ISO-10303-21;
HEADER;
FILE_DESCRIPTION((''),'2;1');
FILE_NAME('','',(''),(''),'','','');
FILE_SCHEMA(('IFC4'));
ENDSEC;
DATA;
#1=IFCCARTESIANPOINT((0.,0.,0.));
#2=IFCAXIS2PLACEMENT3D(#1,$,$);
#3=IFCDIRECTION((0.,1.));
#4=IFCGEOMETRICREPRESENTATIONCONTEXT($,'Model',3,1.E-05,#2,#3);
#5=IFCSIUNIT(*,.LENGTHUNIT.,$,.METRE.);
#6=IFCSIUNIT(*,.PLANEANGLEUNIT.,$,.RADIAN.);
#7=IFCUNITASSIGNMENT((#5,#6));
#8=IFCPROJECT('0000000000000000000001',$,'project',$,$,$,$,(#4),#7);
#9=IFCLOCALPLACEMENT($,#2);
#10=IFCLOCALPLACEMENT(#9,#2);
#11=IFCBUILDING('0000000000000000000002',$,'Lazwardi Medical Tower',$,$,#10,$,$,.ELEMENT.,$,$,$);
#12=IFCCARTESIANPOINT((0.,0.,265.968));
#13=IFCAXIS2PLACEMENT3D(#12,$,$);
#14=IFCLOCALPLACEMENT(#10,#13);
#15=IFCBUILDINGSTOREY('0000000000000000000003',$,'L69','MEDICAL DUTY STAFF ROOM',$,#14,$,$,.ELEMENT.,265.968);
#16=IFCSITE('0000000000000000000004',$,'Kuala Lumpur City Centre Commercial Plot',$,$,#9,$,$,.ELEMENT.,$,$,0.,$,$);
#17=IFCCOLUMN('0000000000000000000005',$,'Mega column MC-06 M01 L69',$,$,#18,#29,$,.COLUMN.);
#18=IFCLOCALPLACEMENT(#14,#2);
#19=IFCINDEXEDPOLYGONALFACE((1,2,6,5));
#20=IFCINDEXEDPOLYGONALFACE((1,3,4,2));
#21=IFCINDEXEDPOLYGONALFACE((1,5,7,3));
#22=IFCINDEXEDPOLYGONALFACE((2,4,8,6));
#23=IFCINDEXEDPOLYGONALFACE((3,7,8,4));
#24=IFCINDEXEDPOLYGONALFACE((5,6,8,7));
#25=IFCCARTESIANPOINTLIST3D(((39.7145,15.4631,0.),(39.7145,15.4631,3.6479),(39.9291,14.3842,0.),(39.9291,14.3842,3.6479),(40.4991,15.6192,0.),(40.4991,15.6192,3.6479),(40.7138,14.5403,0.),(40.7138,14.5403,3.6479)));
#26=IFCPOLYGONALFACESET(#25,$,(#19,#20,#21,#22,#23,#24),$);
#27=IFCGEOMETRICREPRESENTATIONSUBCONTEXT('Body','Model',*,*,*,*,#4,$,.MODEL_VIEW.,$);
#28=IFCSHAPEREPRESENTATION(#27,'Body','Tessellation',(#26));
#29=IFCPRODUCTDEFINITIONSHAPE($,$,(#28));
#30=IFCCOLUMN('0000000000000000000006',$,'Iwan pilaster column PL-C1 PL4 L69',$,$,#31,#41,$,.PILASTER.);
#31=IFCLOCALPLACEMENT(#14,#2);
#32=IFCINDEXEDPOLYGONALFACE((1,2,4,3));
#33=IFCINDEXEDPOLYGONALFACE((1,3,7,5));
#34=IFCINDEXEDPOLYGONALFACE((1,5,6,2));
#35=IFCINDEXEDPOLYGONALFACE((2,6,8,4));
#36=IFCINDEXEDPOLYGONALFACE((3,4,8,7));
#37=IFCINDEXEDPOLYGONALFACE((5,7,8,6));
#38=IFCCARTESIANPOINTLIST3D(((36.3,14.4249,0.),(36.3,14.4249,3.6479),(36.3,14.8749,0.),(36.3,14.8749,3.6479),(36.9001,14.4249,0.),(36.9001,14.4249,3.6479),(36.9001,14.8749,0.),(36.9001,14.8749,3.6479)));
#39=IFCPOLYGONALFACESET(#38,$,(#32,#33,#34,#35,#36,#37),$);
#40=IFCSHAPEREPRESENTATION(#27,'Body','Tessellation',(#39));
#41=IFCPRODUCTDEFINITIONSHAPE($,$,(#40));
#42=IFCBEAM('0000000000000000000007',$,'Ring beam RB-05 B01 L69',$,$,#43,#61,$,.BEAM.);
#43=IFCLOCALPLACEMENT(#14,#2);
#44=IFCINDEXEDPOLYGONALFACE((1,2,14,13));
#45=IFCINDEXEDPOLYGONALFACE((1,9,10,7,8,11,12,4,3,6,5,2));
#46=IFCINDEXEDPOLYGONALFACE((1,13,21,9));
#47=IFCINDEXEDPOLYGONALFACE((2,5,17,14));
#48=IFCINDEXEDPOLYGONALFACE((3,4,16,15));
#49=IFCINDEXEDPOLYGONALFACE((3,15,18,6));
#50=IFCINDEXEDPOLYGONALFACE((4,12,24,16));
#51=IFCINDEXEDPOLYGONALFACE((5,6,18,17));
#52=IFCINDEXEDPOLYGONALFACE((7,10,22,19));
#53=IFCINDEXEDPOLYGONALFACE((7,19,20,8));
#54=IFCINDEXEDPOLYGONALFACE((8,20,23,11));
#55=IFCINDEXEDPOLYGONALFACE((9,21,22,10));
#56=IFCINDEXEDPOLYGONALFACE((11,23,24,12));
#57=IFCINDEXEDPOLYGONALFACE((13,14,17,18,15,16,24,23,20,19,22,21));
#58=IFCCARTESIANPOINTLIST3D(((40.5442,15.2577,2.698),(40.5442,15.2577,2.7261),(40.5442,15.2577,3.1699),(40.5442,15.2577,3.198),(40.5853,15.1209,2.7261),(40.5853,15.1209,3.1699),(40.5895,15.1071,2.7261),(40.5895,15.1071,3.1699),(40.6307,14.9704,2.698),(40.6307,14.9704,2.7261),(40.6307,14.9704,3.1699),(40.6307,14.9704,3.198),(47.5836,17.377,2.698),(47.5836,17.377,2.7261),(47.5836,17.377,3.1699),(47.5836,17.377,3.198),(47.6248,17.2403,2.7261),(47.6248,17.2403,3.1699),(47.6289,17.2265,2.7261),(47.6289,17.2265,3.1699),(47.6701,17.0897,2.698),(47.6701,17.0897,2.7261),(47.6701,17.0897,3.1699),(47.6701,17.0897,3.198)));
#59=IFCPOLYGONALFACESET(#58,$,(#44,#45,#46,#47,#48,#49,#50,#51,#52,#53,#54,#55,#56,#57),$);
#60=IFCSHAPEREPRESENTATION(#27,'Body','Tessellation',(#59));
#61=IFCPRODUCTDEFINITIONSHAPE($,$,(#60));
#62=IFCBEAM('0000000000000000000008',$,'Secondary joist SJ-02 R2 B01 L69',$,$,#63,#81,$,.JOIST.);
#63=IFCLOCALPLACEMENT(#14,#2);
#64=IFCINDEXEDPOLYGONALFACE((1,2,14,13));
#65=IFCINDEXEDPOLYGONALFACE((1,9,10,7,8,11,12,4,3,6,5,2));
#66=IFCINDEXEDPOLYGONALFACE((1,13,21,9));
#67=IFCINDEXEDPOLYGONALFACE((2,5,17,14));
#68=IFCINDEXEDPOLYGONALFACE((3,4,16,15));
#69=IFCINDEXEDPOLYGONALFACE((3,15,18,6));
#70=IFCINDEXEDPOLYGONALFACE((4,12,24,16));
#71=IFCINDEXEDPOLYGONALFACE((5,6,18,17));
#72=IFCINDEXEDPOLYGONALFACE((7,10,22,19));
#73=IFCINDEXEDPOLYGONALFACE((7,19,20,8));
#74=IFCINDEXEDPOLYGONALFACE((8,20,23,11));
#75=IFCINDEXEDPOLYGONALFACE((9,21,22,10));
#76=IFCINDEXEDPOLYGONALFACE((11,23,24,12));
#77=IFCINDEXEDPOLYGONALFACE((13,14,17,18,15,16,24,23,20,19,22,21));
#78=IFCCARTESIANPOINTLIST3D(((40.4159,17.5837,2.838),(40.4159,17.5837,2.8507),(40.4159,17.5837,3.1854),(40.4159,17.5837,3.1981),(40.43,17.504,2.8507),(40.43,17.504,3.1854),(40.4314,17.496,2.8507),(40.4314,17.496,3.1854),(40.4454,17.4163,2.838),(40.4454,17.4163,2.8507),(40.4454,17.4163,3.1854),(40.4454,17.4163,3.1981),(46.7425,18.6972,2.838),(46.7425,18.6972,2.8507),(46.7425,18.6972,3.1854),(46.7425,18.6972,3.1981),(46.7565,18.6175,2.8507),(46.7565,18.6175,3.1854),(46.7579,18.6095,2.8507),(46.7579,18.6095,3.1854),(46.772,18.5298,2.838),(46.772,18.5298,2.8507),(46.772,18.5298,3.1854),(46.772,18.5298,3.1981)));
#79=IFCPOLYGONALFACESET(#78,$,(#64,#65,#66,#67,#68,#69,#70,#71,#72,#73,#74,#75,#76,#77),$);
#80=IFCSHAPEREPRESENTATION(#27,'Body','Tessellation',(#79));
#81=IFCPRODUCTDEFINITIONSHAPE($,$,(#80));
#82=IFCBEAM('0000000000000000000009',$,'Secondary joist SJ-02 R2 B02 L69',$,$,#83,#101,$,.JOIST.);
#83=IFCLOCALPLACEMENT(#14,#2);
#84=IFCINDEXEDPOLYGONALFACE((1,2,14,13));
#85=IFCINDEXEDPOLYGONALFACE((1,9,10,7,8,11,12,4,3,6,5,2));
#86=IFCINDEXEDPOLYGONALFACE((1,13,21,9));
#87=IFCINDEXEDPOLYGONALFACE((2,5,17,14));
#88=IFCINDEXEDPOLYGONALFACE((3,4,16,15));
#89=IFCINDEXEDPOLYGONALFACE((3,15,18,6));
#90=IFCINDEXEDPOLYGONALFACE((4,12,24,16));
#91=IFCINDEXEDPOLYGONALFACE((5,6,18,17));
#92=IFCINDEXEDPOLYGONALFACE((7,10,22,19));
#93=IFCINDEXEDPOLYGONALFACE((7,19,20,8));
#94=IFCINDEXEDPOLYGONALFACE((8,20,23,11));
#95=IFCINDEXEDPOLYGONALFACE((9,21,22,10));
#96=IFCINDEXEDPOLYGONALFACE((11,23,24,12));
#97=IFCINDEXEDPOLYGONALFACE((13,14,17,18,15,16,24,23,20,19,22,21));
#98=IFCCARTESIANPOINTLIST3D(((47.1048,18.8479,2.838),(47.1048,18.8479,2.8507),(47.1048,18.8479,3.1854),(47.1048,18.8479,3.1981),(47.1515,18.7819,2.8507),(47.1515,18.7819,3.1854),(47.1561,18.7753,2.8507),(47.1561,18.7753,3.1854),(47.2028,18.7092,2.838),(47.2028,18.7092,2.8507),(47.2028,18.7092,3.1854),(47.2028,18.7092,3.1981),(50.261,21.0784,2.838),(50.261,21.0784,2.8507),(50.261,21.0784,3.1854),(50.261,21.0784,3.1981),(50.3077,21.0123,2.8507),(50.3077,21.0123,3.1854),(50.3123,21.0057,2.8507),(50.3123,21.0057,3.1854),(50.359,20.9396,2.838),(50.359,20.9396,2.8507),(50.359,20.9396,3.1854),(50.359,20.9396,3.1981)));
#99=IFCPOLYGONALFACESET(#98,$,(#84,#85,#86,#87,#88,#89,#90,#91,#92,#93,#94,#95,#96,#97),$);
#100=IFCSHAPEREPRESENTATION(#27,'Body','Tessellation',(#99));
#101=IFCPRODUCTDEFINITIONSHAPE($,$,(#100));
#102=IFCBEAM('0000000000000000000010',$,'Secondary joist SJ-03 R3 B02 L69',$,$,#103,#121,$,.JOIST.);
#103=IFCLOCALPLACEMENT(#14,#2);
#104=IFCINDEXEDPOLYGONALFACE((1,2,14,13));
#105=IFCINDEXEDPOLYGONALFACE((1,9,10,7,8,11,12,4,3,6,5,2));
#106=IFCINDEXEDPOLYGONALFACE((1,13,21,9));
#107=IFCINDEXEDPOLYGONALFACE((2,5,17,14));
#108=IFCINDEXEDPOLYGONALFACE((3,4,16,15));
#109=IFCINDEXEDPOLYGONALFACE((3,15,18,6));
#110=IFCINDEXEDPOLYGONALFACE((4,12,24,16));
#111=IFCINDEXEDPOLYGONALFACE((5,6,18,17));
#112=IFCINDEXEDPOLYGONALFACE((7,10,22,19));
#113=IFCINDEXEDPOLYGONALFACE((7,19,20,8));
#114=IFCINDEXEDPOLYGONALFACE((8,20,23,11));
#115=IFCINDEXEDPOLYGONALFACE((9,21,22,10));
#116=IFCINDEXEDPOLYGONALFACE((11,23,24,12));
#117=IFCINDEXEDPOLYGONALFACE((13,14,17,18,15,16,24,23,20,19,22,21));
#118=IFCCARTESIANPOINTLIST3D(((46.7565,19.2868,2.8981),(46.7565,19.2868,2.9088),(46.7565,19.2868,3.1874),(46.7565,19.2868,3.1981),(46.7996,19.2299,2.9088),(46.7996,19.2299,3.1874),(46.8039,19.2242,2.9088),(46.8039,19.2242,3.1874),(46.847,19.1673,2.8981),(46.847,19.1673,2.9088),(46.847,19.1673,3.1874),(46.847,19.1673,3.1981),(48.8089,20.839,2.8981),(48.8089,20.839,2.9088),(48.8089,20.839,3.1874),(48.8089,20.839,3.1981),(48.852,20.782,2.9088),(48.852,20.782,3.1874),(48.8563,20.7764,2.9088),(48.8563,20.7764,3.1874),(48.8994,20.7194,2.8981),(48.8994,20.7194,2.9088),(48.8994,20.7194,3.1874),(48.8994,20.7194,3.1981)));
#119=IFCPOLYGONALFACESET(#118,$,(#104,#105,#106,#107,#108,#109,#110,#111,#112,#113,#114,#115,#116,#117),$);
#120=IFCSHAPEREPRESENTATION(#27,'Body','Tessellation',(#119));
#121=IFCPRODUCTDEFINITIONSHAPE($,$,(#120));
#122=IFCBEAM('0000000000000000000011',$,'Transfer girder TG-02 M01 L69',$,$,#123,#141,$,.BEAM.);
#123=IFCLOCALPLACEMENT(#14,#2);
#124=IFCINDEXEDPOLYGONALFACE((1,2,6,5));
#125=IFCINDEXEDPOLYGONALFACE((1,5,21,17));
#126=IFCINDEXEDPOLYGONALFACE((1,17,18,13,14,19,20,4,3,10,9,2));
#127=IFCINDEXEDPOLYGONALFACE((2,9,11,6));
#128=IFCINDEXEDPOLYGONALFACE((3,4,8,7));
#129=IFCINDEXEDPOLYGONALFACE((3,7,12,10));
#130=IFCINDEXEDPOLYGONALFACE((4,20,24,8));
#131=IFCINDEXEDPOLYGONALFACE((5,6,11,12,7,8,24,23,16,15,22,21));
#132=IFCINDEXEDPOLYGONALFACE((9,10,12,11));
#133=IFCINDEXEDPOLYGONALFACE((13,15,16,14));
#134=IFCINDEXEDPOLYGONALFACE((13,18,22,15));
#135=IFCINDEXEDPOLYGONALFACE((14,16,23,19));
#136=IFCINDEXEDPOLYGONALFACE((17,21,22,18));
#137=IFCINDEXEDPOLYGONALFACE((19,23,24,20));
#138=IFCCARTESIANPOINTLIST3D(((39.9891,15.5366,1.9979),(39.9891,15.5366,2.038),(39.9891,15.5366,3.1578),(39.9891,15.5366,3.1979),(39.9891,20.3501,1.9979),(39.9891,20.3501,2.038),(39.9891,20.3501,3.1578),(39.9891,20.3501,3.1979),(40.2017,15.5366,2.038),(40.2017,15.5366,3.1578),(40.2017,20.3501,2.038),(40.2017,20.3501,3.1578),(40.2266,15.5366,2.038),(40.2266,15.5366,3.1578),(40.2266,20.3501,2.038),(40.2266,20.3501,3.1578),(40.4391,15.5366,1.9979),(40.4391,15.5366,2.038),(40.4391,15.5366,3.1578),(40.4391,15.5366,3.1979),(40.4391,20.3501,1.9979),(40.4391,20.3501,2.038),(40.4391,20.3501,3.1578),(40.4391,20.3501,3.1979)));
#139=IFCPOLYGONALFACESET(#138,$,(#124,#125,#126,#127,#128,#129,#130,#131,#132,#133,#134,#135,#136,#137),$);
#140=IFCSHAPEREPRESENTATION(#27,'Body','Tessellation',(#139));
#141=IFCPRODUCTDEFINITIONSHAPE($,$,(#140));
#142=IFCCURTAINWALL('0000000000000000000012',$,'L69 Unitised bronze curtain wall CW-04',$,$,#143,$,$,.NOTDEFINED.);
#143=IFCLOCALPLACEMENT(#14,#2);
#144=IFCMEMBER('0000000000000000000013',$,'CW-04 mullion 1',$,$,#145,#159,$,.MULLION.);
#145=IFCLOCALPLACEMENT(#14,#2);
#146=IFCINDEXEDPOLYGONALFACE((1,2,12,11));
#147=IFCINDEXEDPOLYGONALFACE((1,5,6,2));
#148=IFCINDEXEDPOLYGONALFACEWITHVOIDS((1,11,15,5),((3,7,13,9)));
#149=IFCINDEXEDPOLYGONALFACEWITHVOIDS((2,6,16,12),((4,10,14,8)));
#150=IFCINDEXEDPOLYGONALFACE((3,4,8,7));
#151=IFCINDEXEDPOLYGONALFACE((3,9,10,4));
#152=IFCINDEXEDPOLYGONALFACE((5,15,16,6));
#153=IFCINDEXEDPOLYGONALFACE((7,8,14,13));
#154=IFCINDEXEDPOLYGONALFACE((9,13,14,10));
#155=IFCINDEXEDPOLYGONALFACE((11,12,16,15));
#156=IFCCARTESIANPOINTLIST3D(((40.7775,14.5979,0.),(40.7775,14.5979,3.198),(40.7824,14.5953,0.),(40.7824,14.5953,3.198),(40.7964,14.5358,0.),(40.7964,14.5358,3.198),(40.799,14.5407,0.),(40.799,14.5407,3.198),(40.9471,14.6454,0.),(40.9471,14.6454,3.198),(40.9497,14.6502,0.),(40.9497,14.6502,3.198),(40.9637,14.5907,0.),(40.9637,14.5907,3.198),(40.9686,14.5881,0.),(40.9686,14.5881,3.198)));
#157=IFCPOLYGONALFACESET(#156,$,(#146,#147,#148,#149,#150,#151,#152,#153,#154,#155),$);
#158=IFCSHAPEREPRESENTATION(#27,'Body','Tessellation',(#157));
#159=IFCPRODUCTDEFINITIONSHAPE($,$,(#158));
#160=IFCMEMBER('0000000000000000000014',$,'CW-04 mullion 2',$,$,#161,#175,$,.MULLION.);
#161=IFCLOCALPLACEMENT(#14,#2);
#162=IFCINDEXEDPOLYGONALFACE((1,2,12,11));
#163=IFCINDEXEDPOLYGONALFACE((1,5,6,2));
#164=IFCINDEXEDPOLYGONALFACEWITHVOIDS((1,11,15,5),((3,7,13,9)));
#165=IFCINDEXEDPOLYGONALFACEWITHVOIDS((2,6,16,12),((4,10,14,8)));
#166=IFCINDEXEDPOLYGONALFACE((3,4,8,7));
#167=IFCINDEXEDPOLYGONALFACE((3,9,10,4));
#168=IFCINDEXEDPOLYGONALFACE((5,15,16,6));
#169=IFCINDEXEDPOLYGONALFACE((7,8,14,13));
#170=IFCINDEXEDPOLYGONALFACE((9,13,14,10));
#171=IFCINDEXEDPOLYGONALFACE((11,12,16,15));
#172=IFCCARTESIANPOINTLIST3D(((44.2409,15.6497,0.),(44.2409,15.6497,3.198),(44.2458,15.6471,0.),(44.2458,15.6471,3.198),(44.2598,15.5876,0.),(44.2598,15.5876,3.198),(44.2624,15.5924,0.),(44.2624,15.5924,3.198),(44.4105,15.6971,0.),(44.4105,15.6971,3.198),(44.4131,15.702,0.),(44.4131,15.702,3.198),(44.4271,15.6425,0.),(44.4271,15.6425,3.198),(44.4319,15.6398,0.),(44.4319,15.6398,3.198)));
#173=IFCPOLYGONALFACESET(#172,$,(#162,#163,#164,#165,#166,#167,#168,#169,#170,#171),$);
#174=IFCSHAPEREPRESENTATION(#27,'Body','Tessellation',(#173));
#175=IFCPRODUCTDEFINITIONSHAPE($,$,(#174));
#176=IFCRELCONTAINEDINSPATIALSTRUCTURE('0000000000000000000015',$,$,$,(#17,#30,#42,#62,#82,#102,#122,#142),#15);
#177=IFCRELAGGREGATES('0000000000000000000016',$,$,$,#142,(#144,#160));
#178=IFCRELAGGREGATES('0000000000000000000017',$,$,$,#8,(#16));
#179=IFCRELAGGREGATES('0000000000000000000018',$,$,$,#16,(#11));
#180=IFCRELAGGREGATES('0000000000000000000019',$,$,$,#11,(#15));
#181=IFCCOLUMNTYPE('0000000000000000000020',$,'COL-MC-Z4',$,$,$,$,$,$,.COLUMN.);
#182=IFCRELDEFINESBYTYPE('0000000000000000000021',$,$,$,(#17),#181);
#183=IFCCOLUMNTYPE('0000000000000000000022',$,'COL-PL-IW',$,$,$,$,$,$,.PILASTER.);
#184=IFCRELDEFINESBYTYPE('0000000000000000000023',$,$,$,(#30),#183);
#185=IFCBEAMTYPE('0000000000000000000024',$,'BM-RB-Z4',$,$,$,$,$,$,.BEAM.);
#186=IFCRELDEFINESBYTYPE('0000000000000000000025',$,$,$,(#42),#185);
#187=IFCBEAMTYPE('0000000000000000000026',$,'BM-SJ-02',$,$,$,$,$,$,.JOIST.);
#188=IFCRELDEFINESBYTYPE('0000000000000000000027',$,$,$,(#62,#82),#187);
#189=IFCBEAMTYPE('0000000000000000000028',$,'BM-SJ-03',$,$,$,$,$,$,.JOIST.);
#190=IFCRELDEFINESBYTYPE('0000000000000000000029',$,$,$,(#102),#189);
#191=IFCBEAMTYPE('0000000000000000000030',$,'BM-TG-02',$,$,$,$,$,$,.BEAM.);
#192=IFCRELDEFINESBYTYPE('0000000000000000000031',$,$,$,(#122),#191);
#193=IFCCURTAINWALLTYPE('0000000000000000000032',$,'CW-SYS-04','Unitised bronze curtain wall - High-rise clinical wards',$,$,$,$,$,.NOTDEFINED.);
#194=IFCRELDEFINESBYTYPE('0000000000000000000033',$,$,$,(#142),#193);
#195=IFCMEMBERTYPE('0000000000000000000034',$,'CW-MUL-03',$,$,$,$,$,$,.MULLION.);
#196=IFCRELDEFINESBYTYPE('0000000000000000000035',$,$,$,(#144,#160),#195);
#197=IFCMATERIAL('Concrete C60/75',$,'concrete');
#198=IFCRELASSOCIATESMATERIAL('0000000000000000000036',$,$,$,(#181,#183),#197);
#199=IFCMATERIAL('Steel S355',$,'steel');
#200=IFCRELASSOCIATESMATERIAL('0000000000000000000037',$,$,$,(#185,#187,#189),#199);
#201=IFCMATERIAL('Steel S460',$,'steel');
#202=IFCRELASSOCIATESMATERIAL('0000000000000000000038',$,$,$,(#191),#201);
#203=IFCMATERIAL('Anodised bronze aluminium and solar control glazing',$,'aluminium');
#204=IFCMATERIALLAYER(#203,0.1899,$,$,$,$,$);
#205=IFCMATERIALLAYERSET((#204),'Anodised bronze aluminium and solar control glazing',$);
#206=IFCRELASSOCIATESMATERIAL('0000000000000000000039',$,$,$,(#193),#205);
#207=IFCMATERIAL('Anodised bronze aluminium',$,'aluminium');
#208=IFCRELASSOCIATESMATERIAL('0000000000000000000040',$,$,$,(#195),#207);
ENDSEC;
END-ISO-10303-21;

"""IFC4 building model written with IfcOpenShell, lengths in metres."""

from ifc_helpers import new_model, si_unit, direction, frame, origin, origin_2d, place, context, subcontext, project, spatial, rectangle, hollow_rectangle, i_section, extrude, material, layer, layer_set, material_profile, profile_set, type_object, element, aggregate, save


model = new_model("IFC4")

# Units and contexts
model_context = context("Model", 3, precision=1e-05, world=origin(), true_north=direction((0.0, 1.0)))
body_context = subcontext(model_context, "Body", "Model", "MODEL_VIEW")
ifc_project = project(units=[si_unit("LENGTHUNIT", "METRE"), si_unit("PLANEANGLEUNIT", "RADIAN")], contexts=[model_context])

# Site, building, storey
site_placement = place(None, origin())
site = spatial("IfcSite", under=ifc_project, at=site_placement, Name="Kuala Lumpur City Centre Commercial Plot", CompositionType="ELEMENT", RefElevation=0.0)
building_placement = place(site_placement, origin())
building = spatial("IfcBuilding", under=site, at=building_placement, Name="Lazwardi Medical Tower", CompositionType="ELEMENT")
storey_placement = place(building_placement, frame((0.0, 0.0, 265.968)))
storey = spatial("IfcBuildingStorey", under=building, at=storey_placement, Name="L69", Description="MEDICAL DUTY STAFF ROOM", CompositionType="ELEMENT", Elevation=265.968)

# Columns
ifc_material_1 = material(Name="Concrete C60/75", Category="concrete")
ifc_material_profile_1 = material_profile(ifc_material_1, rectangle(XDim=1.1001, YDim=0.8, at=origin_2d()), Name="CFT-RECT 1100x800")
ifc_profile_set_1 = profile_set([ifc_material_profile_1], Name="Concrete C60/75")
column_type_1 = type_object("IfcColumnType", Name="COL-MC-Z4", PredefinedType="COLUMN", material=ifc_profile_set_1)
column_1_placement = place(storey_placement, frame((40.2141, 15.0017, 0.0), z_axis=(0.0, 0.0, 1.0), x_axis=(0.19509, -0.980785, 0.0)))
element("IfcColumn", 1, at=column_1_placement, inside=storey, type_object=column_type_1, Name="Mega column MC-06 M01 L69", PredefinedType="COLUMN", context=body_context, shape_type="SweptSolid", body=[
    extrude(rectangle(XDim=1.1001, YDim=0.8, at=origin_2d()), origin(), (0.0, 0.0, 1.0), 3.6479),
])
ifc_material_profile_2 = material_profile(ifc_material_1, rectangle(XDim=0.6001, YDim=0.45, at=origin_2d()), Name="RC 600x450")
ifc_profile_set_2 = profile_set([ifc_material_profile_2], Name="Concrete C60/75")
column_type_2 = type_object("IfcColumnType", Name="COL-PL-IW", PredefinedType="PILASTER", material=ifc_profile_set_2)
column_2_placement = place(storey_placement, frame((36.6001, 14.6499, 0.0), z_axis=(0.0, 0.0, 1.0), x_axis=(1.0, 0.0, 0.0)))
element("IfcColumn", 2, at=column_2_placement, inside=storey, type_object=column_type_2, Name="Iwan pilaster column PL-C1 PL4 L69", PredefinedType="PILASTER", context=body_context, shape_type="SweptSolid", body=[
    extrude(rectangle(XDim=0.6001, YDim=0.45, at=origin_2d()), origin(), (0.0, 0.0, 1.0), 3.6479),
])

# Beams
ifc_material_2 = material(Name="Steel S355", Category="steel")
ifc_material_profile_3 = material_profile(ifc_material_2, i_section(OverallWidth=0.3, OverallDepth=0.5, WebThickness=0.0144, FlangeThickness=0.0281, at=origin_2d()), Name="HEB 500")
ifc_profile_set_3 = profile_set([ifc_material_profile_3], Name="Steel S355")
beam_type_1 = type_object("IfcBeamType", Name="BM-RB-Z4", PredefinedType="BEAM", material=ifc_profile_set_3)
beam_1_placement = place(storey_placement, frame((40.5874, 15.114, 2.948), z_axis=(0.957544, 0.288286, 0.0), x_axis=(-0.288286, 0.957544, 0.0)))
element("IfcBeam", 3, at=beam_1_placement, inside=storey, type_object=beam_type_1, Name="Ring beam RB-05 B01 L69", PredefinedType="BEAM", context=body_context, shape_type="SweptSolid", body=[
    extrude(i_section(OverallWidth=0.3, OverallDepth=0.5, WebThickness=0.0144, FlangeThickness=0.0281, at=origin_2d()), origin(), (0.0, 0.0, 1.0), 7.3516),
])
ifc_material_profile_4 = material_profile(ifc_material_2, i_section(OverallWidth=0.1699, OverallDepth=0.3601, WebThickness=0.0081, FlangeThickness=0.0127, at=origin_2d()), Name="IPE 360")
ifc_profile_set_4 = profile_set([ifc_material_profile_4], Name="Steel S355")
beam_type_2 = type_object("IfcBeamType", Name="BM-SJ-02", PredefinedType="JOIST", material=ifc_profile_set_4)
beam_2_placement = place(storey_placement, frame((40.4307, 17.5, 3.0181), z_axis=(0.984862, 0.173341, 0.0), x_axis=(-0.173341, 0.984862, 0.0)))
element("IfcBeam", 4, at=beam_2_placement, inside=storey, type_object=beam_type_2, Name="Secondary joist SJ-02 R2 B01 L69", PredefinedType="JOIST", context=body_context, shape_type="SweptSolid", body=[
    extrude(i_section(OverallWidth=0.1699, OverallDepth=0.3601, WebThickness=0.0081, FlangeThickness=0.0127, at=origin_2d()), origin(), (0.0, 0.0, 1.0), 6.4238),
])
beam_3_placement = place(storey_placement, frame((47.1538, 18.7786, 3.0181), z_axis=(0.81666, 0.57712, 0.0), x_axis=(-0.57712, 0.81666, 0.0)))
element("IfcBeam", 5, at=beam_3_placement, inside=storey, type_object=beam_type_2, Name="Secondary joist SJ-02 R2 B02 L69", PredefinedType="JOIST", context=body_context, shape_type="SweptSolid", body=[
    extrude(i_section(OverallWidth=0.1699, OverallDepth=0.3601, WebThickness=0.0081, FlangeThickness=0.0127, at=origin_2d()), origin(), (0.0, 0.0, 1.0), 3.8647),
])
ifc_material_profile_5 = material_profile(ifc_material_2, i_section(OverallWidth=0.1499, OverallDepth=0.3, WebThickness=0.0071, FlangeThickness=0.0107, at=origin_2d()), Name="IPE 300")
ifc_profile_set_5 = profile_set([ifc_material_profile_5], Name="Steel S355")
beam_type_3 = type_object("IfcBeamType", Name="BM-SJ-03", PredefinedType="JOIST", material=ifc_profile_set_5)
beam_4_placement = place(storey_placement, frame((46.8018, 19.2271, 3.0481), z_axis=(0.797591, 0.603198, 0.0), x_axis=(-0.603198, 0.797591, 0.0)))
element("IfcBeam", 6, at=beam_4_placement, inside=storey, type_object=beam_type_3, Name="Secondary joist SJ-03 R3 B02 L69", PredefinedType="JOIST", context=body_context, shape_type="SweptSolid", body=[
    extrude(i_section(OverallWidth=0.1499, OverallDepth=0.3, WebThickness=0.0071, FlangeThickness=0.0107, at=origin_2d()), origin(), (0.0, 0.0, 1.0), 2.5732),
])
ifc_material_3 = material(Name="Steel S460", Category="steel")
ifc_material_profile_6 = material_profile(ifc_material_3, i_section(OverallWidth=0.45, OverallDepth=1.2, WebThickness=0.0249, FlangeThickness=0.04, at=origin_2d()), Name="PG 1200x450")
ifc_profile_set_6 = profile_set([ifc_material_profile_6], Name="Steel S460")
beam_type_4 = type_object("IfcBeamType", Name="BM-TG-02", PredefinedType="BEAM", material=ifc_profile_set_6)
beam_5_placement = place(storey_placement, frame((40.2141, 15.5366, 2.5979), z_axis=(0.0, 1.0, 0.0), x_axis=(-1.0, 0.0, 0.0)))
element("IfcBeam", 7, at=beam_5_placement, inside=storey, type_object=beam_type_4, Name="Transfer girder TG-02 M01 L69", PredefinedType="BEAM", context=body_context, shape_type="SweptSolid", body=[
    extrude(i_section(OverallWidth=0.45, OverallDepth=1.2, WebThickness=0.0249, FlangeThickness=0.04, at=origin_2d()), origin(), (0.0, 0.0, 1.0), 4.8135),
])

# Curtain wall, members
ifc_material_4 = material(Name="Anodised bronze aluminium and solar control glazing", Category="aluminium")
ifc_layer_1 = layer(ifc_material_4, 0.1899)
ifc_layer_set_1 = layer_set([ifc_layer_1], Name="Anodised bronze aluminium and solar control glazing")
curtain_wall_type = type_object("IfcCurtainWallType", Name="CW-SYS-04", Description="Unitised bronze curtain wall - High-rise clinical wards", PredefinedType="NOTDEFINED", material=ifc_layer_set_1)
curtain_wall_placement = place(storey_placement, origin())
curtain_wall = element("IfcCurtainWall", 8, at=curtain_wall_placement, inside=storey, type_object=curtain_wall_type, Name="L69 Unitised bronze curtain wall CW-04", PredefinedType="NOTDEFINED")
ifc_material_5 = material(Name="Anodised bronze aluminium", Category="aluminium")
ifc_material_profile_7 = material_profile(ifc_material_5, hollow_rectangle(XDim=0.0649, YDim=0.1799, WallThickness=0.0039, at=origin_2d()), Name="ALU-MULLION 180x65x4")
ifc_profile_set_7 = profile_set([ifc_material_profile_7], Name="Anodised bronze aluminium")
member_type_1 = type_object("IfcMemberType", Name="CW-MUL-03", PredefinedType="MULLION", material=ifc_profile_set_7)
member_1_placement = place(storey_placement, frame((40.873, 14.593, 0.0), z_axis=(0.0, 0.0, 1.0), x_axis=(-0.290582, 0.95685, 0.0)))
member_1 = element("IfcMember", 9, at=member_1_placement, type_object=member_type_1, Name="CW-04 mullion 1", PredefinedType="MULLION", context=body_context, shape_type="SweptSolid", body=[
    extrude(hollow_rectangle(XDim=0.0649, YDim=0.1799, WallThickness=0.0039, at=origin_2d()), origin(), (0.0, 0.0, 1.0), 3.198),
])
member_2_placement = place(storey_placement, frame((44.3364, 15.6448, 0.0), z_axis=(0.0, 0.0, 1.0), x_axis=(-0.290582, 0.95685, 0.0)))
member_2 = element("IfcMember", 10, at=member_2_placement, type_object=member_type_1, Name="CW-04 mullion 2", PredefinedType="MULLION", context=body_context, shape_type="SweptSolid", body=[
    extrude(hollow_rectangle(XDim=0.0649, YDim=0.1799, WallThickness=0.0039, at=origin_2d()), origin(), (0.0, 0.0, 1.0), 3.198),
])
aggregate(curtain_wall, [member_1, member_2])

save(model, "model.ifc")
